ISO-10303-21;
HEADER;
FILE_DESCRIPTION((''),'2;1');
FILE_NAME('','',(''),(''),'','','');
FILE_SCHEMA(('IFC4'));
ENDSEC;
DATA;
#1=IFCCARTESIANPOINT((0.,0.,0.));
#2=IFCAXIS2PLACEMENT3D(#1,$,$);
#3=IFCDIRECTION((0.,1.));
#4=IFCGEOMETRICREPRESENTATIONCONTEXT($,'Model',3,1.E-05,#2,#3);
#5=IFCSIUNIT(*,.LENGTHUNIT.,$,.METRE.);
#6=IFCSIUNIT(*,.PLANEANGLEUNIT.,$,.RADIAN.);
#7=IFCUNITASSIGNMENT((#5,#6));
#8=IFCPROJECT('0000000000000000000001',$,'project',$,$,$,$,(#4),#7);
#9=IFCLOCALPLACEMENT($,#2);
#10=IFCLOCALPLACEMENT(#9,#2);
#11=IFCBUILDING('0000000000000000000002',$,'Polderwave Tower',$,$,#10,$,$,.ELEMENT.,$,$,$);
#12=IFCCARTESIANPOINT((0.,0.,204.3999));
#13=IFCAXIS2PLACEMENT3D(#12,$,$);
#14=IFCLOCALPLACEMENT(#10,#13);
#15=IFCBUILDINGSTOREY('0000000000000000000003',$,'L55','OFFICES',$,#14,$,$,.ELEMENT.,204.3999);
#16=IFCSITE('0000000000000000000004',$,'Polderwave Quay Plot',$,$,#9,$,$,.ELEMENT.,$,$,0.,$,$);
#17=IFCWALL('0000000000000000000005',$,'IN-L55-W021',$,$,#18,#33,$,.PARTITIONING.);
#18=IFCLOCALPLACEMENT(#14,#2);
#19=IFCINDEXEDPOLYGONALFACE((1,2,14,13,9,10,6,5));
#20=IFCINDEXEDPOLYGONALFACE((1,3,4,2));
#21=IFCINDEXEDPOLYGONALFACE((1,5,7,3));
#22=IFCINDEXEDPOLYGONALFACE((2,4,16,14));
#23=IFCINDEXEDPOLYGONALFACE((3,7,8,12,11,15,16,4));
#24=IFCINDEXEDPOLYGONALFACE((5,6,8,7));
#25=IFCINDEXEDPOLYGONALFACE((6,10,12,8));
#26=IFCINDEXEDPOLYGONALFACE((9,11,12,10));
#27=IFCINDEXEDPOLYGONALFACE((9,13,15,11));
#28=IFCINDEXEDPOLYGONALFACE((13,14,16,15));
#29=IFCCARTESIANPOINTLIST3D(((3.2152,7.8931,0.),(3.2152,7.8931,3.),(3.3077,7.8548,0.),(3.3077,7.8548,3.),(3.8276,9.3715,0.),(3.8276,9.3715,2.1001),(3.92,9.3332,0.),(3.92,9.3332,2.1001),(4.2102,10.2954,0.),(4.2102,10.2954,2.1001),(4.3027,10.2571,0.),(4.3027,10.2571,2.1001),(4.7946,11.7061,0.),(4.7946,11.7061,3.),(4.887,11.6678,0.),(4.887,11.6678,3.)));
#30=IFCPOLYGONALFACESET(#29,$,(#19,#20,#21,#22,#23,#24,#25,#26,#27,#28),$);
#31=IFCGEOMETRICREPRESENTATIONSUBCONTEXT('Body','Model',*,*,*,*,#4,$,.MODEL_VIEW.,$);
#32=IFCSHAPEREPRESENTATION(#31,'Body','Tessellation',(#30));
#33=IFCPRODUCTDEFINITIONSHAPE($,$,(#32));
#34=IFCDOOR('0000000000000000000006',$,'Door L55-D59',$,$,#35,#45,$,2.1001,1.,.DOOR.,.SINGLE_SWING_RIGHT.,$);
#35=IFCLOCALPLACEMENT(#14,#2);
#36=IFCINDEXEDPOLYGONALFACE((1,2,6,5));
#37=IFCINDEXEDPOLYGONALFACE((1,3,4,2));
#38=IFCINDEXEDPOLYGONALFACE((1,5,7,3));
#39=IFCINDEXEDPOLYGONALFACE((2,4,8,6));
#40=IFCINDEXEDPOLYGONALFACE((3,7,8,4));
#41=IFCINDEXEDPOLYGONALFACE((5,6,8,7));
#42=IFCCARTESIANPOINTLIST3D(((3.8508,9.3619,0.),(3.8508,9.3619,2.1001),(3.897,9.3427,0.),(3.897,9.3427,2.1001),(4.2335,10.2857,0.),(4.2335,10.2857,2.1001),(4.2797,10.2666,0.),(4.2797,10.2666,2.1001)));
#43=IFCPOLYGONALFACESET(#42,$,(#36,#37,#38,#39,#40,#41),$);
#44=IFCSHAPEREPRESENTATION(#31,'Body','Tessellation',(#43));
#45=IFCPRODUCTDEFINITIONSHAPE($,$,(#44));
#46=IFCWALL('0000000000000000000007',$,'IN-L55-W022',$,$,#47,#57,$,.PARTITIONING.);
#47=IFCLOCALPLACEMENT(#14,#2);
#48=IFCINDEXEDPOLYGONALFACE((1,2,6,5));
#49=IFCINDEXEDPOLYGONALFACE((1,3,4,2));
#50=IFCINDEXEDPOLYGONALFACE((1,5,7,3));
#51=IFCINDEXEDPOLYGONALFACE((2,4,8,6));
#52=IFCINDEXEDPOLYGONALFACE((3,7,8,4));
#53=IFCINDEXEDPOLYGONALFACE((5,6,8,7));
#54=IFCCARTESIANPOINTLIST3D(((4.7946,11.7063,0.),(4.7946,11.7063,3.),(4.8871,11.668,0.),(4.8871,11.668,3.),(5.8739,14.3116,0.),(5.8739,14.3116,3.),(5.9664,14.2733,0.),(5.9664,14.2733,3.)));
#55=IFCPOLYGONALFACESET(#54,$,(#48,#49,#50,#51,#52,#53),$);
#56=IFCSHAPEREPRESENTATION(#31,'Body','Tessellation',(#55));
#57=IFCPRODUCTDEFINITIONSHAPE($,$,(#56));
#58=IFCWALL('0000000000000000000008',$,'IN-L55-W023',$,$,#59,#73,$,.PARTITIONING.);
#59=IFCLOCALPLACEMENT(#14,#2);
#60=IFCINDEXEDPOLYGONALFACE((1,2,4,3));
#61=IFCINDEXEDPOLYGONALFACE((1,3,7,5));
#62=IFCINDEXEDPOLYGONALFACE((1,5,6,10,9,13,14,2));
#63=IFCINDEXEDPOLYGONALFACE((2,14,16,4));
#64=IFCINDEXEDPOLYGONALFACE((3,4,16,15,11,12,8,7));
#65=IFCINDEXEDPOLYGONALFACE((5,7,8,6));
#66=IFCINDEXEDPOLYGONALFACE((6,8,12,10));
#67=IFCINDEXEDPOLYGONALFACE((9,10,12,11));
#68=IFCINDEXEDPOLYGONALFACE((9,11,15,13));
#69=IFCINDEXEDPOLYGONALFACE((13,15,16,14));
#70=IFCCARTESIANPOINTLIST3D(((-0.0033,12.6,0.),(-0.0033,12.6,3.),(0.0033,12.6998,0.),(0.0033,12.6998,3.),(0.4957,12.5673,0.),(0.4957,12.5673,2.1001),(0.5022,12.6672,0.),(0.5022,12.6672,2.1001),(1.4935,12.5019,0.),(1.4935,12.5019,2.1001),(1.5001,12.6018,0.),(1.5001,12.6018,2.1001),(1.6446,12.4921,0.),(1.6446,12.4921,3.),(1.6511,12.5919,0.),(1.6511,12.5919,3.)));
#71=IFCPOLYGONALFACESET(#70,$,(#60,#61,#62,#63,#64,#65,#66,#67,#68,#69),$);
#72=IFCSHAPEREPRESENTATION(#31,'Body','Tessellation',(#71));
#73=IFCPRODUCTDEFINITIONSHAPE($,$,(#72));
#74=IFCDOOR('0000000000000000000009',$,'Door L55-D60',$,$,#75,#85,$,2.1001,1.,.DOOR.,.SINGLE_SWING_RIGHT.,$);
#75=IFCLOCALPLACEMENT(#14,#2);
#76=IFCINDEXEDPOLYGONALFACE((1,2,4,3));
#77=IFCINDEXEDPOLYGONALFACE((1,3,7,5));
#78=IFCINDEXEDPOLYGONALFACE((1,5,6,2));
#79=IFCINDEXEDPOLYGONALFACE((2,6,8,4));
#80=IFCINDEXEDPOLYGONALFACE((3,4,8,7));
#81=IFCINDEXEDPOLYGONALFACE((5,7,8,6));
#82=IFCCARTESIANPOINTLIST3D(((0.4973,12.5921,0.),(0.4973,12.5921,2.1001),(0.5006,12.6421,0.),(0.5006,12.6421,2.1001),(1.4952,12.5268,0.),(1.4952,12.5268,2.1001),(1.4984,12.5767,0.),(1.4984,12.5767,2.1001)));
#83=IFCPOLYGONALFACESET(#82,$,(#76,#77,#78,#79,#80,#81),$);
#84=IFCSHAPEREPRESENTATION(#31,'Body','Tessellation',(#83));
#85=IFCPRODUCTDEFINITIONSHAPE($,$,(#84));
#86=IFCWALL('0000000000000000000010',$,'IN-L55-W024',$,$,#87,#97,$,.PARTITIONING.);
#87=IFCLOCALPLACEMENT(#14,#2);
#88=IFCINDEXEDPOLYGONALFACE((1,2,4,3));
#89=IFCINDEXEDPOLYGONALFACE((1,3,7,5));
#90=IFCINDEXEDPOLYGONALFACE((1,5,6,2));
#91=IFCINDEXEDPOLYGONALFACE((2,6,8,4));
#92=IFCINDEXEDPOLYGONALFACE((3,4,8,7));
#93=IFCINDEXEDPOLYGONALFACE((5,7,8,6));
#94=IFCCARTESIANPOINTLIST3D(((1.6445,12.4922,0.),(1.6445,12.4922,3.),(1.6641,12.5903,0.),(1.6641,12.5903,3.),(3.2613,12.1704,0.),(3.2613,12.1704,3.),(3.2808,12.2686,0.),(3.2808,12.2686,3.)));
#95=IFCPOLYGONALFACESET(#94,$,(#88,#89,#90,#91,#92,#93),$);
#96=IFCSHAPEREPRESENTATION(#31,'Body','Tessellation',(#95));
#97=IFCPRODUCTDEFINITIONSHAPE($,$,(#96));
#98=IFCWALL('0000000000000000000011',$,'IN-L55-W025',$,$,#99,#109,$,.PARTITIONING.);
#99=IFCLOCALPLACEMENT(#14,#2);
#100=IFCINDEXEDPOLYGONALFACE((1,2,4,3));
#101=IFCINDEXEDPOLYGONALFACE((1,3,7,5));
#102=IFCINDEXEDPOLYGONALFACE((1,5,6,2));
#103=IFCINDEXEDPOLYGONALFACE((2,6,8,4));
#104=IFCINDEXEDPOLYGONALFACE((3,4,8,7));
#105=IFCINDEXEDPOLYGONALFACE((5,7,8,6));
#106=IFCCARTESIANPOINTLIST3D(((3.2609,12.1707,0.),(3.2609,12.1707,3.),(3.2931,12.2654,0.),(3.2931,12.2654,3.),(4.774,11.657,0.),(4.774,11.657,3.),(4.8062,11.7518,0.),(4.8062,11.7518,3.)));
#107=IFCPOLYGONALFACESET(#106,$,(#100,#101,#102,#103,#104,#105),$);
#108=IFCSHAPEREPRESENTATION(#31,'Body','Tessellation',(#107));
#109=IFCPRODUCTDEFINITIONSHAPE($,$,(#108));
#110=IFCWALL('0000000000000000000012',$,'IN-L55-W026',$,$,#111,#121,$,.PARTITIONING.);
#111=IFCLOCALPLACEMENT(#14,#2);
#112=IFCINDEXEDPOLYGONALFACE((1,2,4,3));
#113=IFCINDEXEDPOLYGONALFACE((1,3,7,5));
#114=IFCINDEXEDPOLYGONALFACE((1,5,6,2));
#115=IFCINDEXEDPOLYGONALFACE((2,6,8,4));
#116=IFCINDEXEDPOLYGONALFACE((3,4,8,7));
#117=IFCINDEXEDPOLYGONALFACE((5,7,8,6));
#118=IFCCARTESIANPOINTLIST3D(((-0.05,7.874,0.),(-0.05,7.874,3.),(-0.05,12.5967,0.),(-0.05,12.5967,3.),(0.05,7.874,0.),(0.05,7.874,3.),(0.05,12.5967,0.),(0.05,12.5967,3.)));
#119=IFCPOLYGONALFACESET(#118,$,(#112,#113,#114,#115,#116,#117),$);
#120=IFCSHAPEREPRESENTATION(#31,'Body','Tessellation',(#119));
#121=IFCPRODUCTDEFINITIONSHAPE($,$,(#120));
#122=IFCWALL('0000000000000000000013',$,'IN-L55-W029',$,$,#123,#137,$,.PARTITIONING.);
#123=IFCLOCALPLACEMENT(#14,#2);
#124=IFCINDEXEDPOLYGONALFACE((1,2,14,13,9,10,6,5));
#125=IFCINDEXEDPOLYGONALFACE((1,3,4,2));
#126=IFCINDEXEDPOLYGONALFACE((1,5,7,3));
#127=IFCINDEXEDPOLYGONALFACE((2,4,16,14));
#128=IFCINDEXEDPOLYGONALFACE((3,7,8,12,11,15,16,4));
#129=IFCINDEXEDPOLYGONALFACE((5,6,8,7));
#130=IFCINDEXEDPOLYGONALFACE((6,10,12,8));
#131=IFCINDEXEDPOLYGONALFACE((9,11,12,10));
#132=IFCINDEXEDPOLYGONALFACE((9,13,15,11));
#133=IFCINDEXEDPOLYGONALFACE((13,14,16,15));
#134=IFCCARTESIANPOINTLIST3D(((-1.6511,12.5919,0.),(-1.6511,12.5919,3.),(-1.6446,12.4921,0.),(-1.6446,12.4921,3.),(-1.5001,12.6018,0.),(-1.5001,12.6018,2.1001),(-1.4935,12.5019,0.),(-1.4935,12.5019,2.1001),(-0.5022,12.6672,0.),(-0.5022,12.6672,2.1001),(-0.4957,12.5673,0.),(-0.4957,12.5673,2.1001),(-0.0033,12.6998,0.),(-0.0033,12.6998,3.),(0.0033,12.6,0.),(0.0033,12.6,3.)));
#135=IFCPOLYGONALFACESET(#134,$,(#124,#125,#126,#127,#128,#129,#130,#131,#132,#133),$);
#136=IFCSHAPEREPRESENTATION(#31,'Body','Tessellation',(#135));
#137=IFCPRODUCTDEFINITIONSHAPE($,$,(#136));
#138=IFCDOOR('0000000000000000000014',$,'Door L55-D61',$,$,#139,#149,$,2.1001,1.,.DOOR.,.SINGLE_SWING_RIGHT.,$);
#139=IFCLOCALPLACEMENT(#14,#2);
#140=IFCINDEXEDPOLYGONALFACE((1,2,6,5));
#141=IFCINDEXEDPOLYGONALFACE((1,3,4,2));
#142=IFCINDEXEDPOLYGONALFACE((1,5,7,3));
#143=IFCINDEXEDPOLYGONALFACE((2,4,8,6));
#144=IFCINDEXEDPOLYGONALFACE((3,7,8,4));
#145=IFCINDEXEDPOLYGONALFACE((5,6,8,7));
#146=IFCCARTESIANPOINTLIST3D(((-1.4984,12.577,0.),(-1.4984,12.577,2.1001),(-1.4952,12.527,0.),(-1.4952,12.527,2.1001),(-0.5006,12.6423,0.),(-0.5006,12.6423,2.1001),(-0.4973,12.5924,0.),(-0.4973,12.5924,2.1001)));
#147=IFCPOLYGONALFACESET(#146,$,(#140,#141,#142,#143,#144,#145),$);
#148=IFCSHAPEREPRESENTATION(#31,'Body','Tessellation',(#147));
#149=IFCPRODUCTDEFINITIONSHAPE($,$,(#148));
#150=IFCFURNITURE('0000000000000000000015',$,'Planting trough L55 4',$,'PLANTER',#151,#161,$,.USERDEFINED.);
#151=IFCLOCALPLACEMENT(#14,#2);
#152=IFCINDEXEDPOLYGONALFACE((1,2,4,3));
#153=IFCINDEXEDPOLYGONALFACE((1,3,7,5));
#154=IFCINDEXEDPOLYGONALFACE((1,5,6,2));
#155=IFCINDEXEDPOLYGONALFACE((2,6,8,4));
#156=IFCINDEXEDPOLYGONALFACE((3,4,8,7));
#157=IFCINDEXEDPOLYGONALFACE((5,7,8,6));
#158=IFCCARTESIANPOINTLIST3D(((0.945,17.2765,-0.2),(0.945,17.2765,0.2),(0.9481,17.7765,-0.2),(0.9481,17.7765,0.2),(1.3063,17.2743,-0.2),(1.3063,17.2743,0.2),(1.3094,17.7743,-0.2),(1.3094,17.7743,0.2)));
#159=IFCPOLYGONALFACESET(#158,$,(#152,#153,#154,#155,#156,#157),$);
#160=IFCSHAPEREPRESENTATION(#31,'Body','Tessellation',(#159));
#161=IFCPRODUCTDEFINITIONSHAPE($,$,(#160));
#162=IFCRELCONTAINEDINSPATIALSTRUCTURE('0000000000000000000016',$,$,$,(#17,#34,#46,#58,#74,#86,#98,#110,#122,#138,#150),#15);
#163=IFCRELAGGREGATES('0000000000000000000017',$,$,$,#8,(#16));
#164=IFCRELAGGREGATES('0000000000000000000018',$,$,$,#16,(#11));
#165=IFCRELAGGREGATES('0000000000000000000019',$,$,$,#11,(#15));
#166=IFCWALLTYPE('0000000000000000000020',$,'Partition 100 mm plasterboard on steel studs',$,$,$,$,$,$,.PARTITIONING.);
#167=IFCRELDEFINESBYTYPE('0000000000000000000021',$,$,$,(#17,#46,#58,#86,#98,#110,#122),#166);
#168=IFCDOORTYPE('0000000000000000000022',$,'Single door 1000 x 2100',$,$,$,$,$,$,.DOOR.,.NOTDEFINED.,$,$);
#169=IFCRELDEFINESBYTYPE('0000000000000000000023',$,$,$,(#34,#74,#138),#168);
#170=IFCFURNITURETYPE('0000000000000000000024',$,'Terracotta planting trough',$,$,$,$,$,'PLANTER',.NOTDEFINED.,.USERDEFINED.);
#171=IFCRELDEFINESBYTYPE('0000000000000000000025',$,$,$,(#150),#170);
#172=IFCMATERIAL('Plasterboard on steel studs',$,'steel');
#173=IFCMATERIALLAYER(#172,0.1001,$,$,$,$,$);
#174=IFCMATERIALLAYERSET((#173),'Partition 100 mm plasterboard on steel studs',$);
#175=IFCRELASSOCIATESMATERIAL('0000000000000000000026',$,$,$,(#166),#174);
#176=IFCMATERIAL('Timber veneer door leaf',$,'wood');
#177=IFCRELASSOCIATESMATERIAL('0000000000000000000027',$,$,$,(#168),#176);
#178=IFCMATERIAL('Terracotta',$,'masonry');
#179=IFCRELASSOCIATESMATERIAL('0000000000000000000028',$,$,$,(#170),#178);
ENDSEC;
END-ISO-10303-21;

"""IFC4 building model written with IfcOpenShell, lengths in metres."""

from ifc_helpers import new_model, si_unit, direction, frame, frame_2d, origin, origin_2d, place, context, subcontext, project, spatial, rectangle, extrude, material, layer, layer_set, type_object, element, fill, save


model = new_model("IFC4")

# Units and contexts
model_context = context("Model", 3, precision=1e-05, world=origin(), true_north=direction((0.0, 1.0)))
body_context = subcontext(model_context, "Body", "Model", "MODEL_VIEW")
ifc_project = project(units=[si_unit("LENGTHUNIT", "METRE"), si_unit("PLANEANGLEUNIT", "RADIAN")], contexts=[model_context])

# Site, building, storey
site_placement = place(None, origin())
site = spatial("IfcSite", under=ifc_project, at=site_placement, Name="Polderwave Quay Plot", CompositionType="ELEMENT", RefElevation=0.0)
building_placement = place(site_placement, origin())
building = spatial("IfcBuilding", under=site, at=building_placement, Name="Polderwave Tower", CompositionType="ELEMENT")
storey_placement = place(building_placement, frame((0.0, 0.0, 204.3999)))
storey = spatial("IfcBuildingStorey", under=building, at=storey_placement, Name="L55", Description="OFFICES", CompositionType="ELEMENT", Elevation=204.3999)

# Wall, opening, door
ifc_material_1 = material(Name="Plasterboard on steel studs", Category="steel")
ifc_layer_1 = layer(ifc_material_1, 0.1001)
ifc_layer_set_1 = layer_set([ifc_layer_1], Name="Partition 100 mm plasterboard on steel studs")
wall_type_1 = type_object("IfcWallType", Name="Partition 100 mm plasterboard on steel studs", PredefinedType="PARTITIONING", material=ifc_layer_set_1)
wall_1_placement = place(storey_placement, frame((3.2615, 7.874, 0.0), z_axis=(0.0, 0.0, 1.0), x_axis=(0.382674, 0.923883, 0.0)))
wall_1 = element("IfcWall", 1, at=wall_1_placement, inside=storey, type_object=wall_type_1, Name="IN-L55-W021", PredefinedType="PARTITIONING", context=body_context, shape_type="SweptSolid", body=[
    extrude(rectangle(XDim=4.1272, YDim=0.1001, at=frame_2d((2.0635, 0.0))), origin(), (0.0, 0.0, 1.0), 3.0),
])
opening_1_placement = place(wall_1_placement, frame((1.6001, 0.0, 0.0)))
opening_1 = element("IfcOpeningElement", 2, at=opening_1_placement, cuts=wall_1, PredefinedType="OPENING", context=body_context, shape_type="SweptSolid", body=[
    extrude(rectangle(XDim=1.0, YDim=2.1001, at=frame_2d((0.5, 1.05))), frame((0.0, 0.0601, 0.0), z_axis=(0.0, -1.0, 0.0), x_axis=(1.0, 0.0, 0.0)), (0.0, 0.0, 1.0), 0.1201),
])
ifc_material_2 = material(Name="Timber veneer door leaf", Category="wood")
door_type = type_object("IfcDoorType", Name="Single door 1000 x 2100", OperationType="NOTDEFINED", PredefinedType="DOOR", material=ifc_material_2)
door_1_placement = place(opening_1_placement, origin())
door_1 = element("IfcDoor", 3, at=door_1_placement, inside=storey, type_object=door_type, Name="Door L55-D59", OperationType="SINGLE_SWING_RIGHT", OverallHeight=2.1001, OverallWidth=1.0, PredefinedType="DOOR", context=body_context, shape_type="SweptSolid", body=[
    extrude(rectangle(XDim=1.0, YDim=2.1001, at=frame_2d((0.5, 1.05))), frame((0.0, 0.0249, 0.0), z_axis=(0.0, -1.0, 0.0), x_axis=(1.0, 0.0, 0.0)), (0.0, 0.0, 1.0), 0.05),
])
fill(opening_1, door_1)

# Wall
wall_2_placement = place(storey_placement, frame((4.8408, 11.687, 0.0), z_axis=(0.0, 0.0, 1.0), x_axis=(0.382721, 0.923864, 0.0)))
element("IfcWall", 4, at=wall_2_placement, inside=storey, type_object=wall_type_1, Name="IN-L55-W022", PredefinedType="PARTITIONING", context=body_context, shape_type="SweptSolid", body=[
    extrude(rectangle(XDim=2.8201, YDim=0.1001, at=frame_2d((1.4102, 0.0))), origin(), (0.0, 0.0, 1.0), 3.0),
])

# Wall, opening, door
wall_3_placement = place(storey_placement, frame((0.0, 12.6499, 0.0), z_axis=(0.0, 0.0, 1.0), x_axis=(0.997863, -0.065342, 0.0)))
wall_3 = element("IfcWall", 5, at=wall_3_placement, inside=storey, type_object=wall_type_1, Name="IN-L55-W023", PredefinedType="PARTITIONING", context=body_context, shape_type="SweptSolid", body=[
    extrude(rectangle(XDim=1.6514, YDim=0.1001, at=frame_2d((0.8257, 0.0))), origin(), (0.0, 0.0, 1.0), 3.0),
])
opening_2_placement = place(wall_3_placement, frame((0.5, 0.0, 0.0)))
opening_2 = element("IfcOpeningElement", 6, at=opening_2_placement, cuts=wall_3, PredefinedType="OPENING", context=body_context, shape_type="SweptSolid", body=[
    extrude(rectangle(XDim=1.0, YDim=2.1001, at=frame_2d((0.5, 1.05))), frame((0.0, 0.0601, 0.0), z_axis=(0.0, -1.0, 0.0), x_axis=(1.0, 0.0, 0.0)), (0.0, 0.0, 1.0), 0.1201),
])
door_2_placement = place(opening_2_placement, origin())
door_2 = element("IfcDoor", 7, at=door_2_placement, inside=storey, type_object=door_type, Name="Door L55-D60", OperationType="SINGLE_SWING_RIGHT", OverallHeight=2.1001, OverallWidth=1.0, PredefinedType="DOOR", context=body_context, shape_type="SweptSolid", body=[
    extrude(rectangle(XDim=1.0, YDim=2.1001, at=frame_2d((0.5, 1.05))), frame((0.0, 0.0249, 0.0), z_axis=(0.0, -1.0, 0.0), x_axis=(1.0, 0.0, 0.0)), (0.0, 0.0, 1.0), 0.05),
])
fill(opening_2, door_2)

# Walls
wall_4_placement = place(storey_placement, frame((1.6543, 12.5413, 0.0), z_axis=(0.0, 0.0, 1.0), x_axis=(0.980763, -0.195205, 0.0)))
element("IfcWall", 8, at=wall_4_placement, inside=storey, type_object=wall_type_1, Name="IN-L55-W024", PredefinedType="PARTITIONING", context=body_context, shape_type="SweptSolid", body=[
    extrude(rectangle(XDim=1.6484, YDim=0.1001, at=frame_2d((0.8242, 0.0))), origin(), (0.0, 0.0, 1.0), 3.0),
])
wall_5_placement = place(storey_placement, frame((3.2771, 12.218, 0.0), z_axis=(0.0, 0.0, 1.0), x_axis=(0.946927, -0.321448, 0.0)))
element("IfcWall", 9, at=wall_5_placement, inside=storey, type_object=wall_type_1, Name="IN-L55-W025", PredefinedType="PARTITIONING", context=body_context, shape_type="SweptSolid", body=[
    extrude(rectangle(XDim=1.5979, YDim=0.1001, at=frame_2d((0.7988, 0.0))), origin(), (0.0, 0.0, 1.0), 3.0),
])
wall_6_placement = place(storey_placement, frame((0.0, 7.874, 0.0), z_axis=(0.0, 0.0, 1.0), x_axis=(0.0, 1.0, 0.0)))
element("IfcWall", 10, at=wall_6_placement, inside=storey, type_object=wall_type_1, Name="IN-L55-W026", PredefinedType="PARTITIONING", context=body_context, shape_type="SweptSolid", body=[
    extrude(rectangle(XDim=4.7227, YDim=0.1001, at=frame_2d((2.3613, 0.0))), origin(), (0.0, 0.0, 1.0), 3.0),
])

# Wall, opening, door
wall_7_placement = place(storey_placement, frame((0.0, 12.6499, 0.0), z_axis=(0.0, 0.0, 1.0), x_axis=(-0.997863, -0.065342, 0.0)))
wall_7 = element("IfcWall", 11, at=wall_7_placement, inside=storey, type_object=wall_type_1, Name="IN-L55-W029", PredefinedType="PARTITIONING", context=body_context, shape_type="SweptSolid", body=[
    extrude(rectangle(XDim=1.6514, YDim=0.1001, at=frame_2d((0.8257, 0.0))), origin(), (0.0, 0.0, 1.0), 3.0),
])
opening_3_placement = place(wall_7_placement, frame((0.5, 0.0, 0.0)))
opening_3 = element("IfcOpeningElement", 12, at=opening_3_placement, cuts=wall_7, PredefinedType="OPENING", context=body_context, shape_type="SweptSolid", body=[
    extrude(rectangle(XDim=1.0, YDim=2.1001, at=frame_2d((0.5, 1.05))), frame((0.0, 0.0601, 0.0), z_axis=(0.0, -1.0, 0.0), x_axis=(1.0, 0.0, 0.0)), (0.0, 0.0, 1.0), 0.1201),
])
door_3_placement = place(opening_3_placement, origin())
door_3 = element("IfcDoor", 13, at=door_3_placement, inside=storey, type_object=door_type, Name="Door L55-D61", OperationType="SINGLE_SWING_RIGHT", OverallHeight=2.1001, OverallWidth=1.0, PredefinedType="DOOR", context=body_context, shape_type="SweptSolid", body=[
    extrude(rectangle(XDim=1.0, YDim=2.1001, at=frame_2d((0.5, 1.05))), frame((0.0, 0.0249, 0.0), z_axis=(0.0, -1.0, 0.0), x_axis=(1.0, 0.0, 0.0)), (0.0, 0.0, 1.0), 0.05),
])
fill(opening_3, door_3)

# Furniture
ifc_material_3 = material(Name="Terracotta", Category="masonry")
furniture_type = type_object("IfcFurnitureType", Name="Terracotta planting trough", ElementType="PLANTER", AssemblyPlace="NOTDEFINED", PredefinedType="USERDEFINED", material=ifc_material_3)
furniture_placement = place(storey_placement, frame((1.1272, 17.5254, -0.2), z_axis=(0.0, 0.0, 1.0), x_axis=(-0.99998, 0.006276, 0.0)))
element("IfcFurniture", 14, at=furniture_placement, inside=storey, type_object=furniture_type, Name="Planting trough L55 4", ObjectType="PLANTER", PredefinedType="USERDEFINED", context=body_context, shape_type="SweptSolid", body=[
    extrude(rectangle(XDim=0.3613, YDim=0.5, at=origin_2d()), origin(), (0.0, 0.0, 1.0), 0.3999),
])

save(model, "model.ifc")
